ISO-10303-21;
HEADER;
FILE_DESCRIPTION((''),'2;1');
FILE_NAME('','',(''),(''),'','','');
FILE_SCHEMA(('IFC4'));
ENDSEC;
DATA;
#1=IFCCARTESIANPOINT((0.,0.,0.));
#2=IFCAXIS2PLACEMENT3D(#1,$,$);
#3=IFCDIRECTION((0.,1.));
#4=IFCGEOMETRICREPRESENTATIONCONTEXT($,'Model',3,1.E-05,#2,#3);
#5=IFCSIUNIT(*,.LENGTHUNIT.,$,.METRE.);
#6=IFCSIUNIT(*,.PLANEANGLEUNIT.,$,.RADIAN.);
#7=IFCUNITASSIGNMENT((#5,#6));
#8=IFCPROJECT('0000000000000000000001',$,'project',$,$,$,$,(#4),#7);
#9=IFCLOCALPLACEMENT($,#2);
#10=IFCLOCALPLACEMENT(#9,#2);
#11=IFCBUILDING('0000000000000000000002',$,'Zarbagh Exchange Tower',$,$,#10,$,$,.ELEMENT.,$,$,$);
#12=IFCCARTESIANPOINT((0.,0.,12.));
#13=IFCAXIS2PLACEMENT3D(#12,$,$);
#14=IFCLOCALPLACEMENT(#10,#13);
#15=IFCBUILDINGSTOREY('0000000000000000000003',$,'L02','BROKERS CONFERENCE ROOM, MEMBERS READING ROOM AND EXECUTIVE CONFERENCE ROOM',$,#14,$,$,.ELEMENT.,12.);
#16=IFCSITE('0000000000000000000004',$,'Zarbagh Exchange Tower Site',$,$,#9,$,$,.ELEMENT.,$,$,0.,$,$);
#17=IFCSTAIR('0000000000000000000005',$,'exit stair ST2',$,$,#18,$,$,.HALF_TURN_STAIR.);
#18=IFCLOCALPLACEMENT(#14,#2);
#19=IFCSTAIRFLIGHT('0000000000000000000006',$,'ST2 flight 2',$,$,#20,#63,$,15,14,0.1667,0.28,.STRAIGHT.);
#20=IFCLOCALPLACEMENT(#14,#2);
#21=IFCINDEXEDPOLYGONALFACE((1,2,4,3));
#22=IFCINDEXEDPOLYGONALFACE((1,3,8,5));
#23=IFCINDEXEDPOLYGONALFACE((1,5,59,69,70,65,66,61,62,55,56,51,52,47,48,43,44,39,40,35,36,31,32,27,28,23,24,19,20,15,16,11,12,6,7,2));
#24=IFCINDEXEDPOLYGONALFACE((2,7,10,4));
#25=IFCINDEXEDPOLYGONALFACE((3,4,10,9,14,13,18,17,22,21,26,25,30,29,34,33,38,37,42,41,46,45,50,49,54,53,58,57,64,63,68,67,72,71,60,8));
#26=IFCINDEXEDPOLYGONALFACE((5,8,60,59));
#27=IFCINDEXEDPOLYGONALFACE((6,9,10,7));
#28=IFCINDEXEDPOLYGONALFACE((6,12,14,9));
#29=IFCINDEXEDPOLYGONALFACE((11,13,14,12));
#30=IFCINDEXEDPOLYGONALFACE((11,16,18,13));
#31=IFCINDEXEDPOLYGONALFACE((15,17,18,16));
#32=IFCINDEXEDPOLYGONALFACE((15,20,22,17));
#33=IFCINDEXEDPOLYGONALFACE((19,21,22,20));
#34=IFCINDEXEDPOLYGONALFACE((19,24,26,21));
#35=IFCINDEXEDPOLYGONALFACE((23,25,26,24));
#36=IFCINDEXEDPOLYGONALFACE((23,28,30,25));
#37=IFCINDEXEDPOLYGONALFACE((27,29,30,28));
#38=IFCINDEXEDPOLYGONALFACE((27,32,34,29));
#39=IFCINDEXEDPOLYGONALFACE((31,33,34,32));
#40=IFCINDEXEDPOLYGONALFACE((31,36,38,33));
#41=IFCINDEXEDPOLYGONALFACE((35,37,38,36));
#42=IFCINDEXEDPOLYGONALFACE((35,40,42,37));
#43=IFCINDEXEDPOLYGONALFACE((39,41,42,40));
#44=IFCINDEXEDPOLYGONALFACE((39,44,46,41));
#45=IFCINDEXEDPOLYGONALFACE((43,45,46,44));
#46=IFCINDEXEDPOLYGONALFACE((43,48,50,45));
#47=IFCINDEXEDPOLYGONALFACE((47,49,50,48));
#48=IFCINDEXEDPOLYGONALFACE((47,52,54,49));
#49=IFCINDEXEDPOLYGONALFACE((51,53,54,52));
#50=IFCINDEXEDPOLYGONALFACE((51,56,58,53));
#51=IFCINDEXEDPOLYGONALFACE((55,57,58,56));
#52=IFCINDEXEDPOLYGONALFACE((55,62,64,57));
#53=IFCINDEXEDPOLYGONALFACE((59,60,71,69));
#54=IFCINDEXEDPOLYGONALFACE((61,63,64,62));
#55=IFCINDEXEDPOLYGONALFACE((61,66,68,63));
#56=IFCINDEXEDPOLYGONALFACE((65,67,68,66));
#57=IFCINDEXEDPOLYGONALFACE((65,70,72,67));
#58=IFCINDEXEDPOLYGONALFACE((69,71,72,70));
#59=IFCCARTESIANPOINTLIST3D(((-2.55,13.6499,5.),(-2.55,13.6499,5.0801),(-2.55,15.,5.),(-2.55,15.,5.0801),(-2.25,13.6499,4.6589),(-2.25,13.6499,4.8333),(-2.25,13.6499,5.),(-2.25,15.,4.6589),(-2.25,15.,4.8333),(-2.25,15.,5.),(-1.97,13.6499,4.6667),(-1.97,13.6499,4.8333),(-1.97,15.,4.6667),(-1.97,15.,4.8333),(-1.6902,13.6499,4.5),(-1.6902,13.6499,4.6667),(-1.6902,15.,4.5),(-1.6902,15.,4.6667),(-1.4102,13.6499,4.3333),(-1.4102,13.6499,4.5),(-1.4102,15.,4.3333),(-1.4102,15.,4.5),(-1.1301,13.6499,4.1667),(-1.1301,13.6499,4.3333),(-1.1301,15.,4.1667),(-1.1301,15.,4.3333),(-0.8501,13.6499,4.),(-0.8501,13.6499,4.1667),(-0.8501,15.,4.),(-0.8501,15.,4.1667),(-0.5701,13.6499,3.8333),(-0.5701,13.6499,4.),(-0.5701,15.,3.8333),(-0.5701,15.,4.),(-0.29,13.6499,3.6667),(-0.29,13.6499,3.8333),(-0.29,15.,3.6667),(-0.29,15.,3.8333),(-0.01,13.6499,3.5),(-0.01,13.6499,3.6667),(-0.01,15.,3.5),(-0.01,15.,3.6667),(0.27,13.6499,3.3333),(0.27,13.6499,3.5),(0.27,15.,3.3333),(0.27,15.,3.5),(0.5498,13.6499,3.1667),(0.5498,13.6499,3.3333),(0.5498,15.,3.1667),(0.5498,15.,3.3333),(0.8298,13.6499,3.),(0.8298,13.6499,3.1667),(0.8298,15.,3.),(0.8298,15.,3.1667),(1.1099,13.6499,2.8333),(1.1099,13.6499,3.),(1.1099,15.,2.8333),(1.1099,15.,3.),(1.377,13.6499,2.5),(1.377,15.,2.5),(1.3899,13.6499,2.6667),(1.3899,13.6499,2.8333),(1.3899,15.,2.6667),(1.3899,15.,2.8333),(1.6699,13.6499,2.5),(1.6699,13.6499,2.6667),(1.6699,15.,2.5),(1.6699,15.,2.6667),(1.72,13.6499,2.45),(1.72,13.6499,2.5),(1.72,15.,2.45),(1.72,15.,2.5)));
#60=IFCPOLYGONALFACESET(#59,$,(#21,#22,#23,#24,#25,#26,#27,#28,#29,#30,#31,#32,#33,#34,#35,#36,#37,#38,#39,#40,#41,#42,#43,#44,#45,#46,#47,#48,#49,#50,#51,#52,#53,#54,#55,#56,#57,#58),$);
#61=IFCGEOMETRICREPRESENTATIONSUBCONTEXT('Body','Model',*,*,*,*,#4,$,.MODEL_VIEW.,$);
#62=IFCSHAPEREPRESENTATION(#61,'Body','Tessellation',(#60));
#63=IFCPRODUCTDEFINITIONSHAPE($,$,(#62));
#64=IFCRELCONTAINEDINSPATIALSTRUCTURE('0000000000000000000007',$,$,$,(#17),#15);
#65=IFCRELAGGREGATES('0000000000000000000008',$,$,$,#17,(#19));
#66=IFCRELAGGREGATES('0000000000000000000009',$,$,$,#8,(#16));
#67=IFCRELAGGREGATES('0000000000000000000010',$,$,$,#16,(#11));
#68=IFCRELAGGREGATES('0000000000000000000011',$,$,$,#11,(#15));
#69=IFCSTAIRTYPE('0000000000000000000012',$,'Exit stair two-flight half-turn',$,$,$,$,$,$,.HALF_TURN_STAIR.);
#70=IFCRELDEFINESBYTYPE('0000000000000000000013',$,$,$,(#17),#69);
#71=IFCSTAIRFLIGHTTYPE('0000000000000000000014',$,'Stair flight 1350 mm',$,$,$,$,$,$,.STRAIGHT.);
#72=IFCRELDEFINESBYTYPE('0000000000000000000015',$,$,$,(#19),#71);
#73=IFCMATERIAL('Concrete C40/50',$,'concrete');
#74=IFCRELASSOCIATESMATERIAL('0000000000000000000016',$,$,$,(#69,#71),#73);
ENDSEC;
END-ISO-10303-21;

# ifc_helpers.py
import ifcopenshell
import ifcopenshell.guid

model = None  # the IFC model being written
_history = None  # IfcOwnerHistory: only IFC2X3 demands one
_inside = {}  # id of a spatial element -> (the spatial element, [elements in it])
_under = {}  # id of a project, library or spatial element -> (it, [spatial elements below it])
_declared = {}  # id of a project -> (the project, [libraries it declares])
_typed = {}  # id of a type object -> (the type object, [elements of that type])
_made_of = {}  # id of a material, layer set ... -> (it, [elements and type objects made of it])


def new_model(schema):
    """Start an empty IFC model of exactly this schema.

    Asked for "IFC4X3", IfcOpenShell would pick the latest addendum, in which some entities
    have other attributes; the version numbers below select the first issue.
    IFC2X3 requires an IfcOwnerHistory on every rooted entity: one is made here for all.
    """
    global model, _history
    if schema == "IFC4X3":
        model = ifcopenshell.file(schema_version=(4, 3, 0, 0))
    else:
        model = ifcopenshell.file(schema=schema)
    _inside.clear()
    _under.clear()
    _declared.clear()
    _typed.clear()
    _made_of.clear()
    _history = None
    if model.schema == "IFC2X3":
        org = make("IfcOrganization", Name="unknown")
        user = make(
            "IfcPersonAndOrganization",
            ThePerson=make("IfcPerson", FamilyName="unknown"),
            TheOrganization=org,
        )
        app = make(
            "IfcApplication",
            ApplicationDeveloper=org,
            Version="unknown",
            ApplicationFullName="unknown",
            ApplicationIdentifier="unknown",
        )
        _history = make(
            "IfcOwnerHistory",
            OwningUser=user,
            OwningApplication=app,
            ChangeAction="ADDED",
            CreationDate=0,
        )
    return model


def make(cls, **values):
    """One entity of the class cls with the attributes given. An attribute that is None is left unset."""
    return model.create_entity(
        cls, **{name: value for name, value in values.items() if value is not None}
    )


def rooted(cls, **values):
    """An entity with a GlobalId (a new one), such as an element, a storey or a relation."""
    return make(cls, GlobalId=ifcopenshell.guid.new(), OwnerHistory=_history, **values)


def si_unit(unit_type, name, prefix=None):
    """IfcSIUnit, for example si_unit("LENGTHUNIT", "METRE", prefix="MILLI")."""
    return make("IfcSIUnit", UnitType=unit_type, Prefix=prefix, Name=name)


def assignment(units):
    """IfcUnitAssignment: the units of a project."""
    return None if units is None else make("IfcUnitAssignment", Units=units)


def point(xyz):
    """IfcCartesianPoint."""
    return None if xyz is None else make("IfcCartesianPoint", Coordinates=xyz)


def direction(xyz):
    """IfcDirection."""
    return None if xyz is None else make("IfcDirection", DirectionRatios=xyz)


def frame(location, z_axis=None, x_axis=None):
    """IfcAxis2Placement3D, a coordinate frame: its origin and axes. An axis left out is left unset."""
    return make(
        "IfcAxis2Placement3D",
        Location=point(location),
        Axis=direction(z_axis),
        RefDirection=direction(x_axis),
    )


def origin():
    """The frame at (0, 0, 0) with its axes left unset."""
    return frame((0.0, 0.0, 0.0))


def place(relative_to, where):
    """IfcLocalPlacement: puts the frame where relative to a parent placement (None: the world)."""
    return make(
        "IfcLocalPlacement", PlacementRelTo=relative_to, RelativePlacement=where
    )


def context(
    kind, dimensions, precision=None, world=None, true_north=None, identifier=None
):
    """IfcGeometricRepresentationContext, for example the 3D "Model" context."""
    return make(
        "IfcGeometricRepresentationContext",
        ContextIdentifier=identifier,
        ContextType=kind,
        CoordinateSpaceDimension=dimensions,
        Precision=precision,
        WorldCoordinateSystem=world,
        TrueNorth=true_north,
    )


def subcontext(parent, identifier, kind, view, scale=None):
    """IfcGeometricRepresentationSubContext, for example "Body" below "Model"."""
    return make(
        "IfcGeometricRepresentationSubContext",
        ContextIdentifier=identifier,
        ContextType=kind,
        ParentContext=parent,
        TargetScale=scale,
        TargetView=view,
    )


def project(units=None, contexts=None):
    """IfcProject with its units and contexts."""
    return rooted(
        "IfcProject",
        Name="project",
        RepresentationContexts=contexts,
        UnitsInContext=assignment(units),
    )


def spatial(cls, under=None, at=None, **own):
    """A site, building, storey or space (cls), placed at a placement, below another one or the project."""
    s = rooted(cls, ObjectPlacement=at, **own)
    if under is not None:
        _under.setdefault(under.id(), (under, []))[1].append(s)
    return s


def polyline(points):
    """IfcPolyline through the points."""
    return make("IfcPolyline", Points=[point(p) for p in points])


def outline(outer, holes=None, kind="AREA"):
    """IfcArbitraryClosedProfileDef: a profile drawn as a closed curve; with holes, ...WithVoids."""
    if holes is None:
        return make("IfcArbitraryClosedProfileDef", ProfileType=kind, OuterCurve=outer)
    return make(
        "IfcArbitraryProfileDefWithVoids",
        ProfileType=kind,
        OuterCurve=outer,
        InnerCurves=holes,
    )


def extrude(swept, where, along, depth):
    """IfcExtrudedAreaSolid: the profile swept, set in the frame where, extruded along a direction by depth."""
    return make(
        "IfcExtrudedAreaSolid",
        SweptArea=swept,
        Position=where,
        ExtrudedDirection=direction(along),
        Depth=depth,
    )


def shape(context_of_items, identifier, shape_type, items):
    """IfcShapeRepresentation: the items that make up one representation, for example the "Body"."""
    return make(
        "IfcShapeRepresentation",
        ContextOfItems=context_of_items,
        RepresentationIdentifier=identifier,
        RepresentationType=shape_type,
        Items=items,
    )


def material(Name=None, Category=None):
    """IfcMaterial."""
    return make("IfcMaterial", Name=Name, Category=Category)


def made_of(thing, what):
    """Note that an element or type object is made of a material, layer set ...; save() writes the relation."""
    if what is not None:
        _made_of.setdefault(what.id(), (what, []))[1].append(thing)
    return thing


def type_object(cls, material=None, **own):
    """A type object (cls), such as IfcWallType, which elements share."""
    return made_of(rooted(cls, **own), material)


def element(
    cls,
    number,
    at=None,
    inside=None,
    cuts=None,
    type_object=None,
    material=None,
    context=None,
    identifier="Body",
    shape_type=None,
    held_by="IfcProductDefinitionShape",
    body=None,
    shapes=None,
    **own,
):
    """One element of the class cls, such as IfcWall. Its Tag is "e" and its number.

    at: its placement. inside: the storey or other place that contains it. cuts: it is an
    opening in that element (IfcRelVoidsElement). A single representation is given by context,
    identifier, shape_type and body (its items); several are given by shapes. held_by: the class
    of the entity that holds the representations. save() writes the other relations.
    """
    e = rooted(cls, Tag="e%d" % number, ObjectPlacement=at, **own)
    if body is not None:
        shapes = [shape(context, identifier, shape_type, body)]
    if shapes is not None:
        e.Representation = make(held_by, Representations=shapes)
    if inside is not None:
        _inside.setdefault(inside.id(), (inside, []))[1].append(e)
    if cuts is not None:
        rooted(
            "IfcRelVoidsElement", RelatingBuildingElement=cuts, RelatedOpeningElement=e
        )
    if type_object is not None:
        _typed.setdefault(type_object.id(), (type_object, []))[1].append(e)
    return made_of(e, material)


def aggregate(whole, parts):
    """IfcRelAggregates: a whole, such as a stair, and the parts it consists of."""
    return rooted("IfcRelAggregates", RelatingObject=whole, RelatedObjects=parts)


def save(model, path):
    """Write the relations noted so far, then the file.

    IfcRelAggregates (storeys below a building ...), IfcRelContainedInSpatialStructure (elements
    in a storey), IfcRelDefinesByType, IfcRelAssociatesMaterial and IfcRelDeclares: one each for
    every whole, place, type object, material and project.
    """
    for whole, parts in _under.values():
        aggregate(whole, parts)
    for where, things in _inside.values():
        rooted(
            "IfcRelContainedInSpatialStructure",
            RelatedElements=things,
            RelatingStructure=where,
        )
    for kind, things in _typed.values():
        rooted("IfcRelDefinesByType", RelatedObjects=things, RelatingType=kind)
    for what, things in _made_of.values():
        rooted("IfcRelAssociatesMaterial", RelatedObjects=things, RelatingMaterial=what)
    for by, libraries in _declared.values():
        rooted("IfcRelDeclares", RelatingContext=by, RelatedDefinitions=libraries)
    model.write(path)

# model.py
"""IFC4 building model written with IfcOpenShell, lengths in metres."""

from ifc_helpers import new_model, si_unit, direction, frame, origin, place, context, subcontext, project, spatial, polyline, outline, extrude, material, type_object, element, aggregate, save


model = new_model("IFC4")

# Units and contexts
model_context = context("Model", 3, precision=1e-05, world=origin(), true_north=direction((0.0, 1.0)))
body_context = subcontext(model_context, "Body", "Model", "MODEL_VIEW")
ifc_project = project(units=[si_unit("LENGTHUNIT", "METRE"), si_unit("PLANEANGLEUNIT", "RADIAN")], contexts=[model_context])

# Site, building, storey
site_placement = place(None, origin())
site = spatial("IfcSite", under=ifc_project, at=site_placement, Name="Zarbagh Exchange Tower Site", CompositionType="ELEMENT", RefElevation=0.0)
building_placement = place(site_placement, origin())
building = spatial("IfcBuilding", under=site, at=building_placement, Name="Zarbagh Exchange Tower", CompositionType="ELEMENT")
storey_placement = place(building_placement, frame((0.0, 0.0, 12.0)))
storey = spatial("IfcBuildingStorey", under=building, at=storey_placement, Name="L02", Description="BROKERS CONFERENCE ROOM, MEMBERS READING ROOM AND EXECUTIVE CONFERENCE ROOM", CompositionType="ELEMENT", Elevation=12.0)

# Shared definitions
ifc_material_1 = material(Name="Concrete C40/50", Category="concrete")
stair_type = type_object("IfcStairType", Name="Exit stair two-flight half-turn", PredefinedType="HALF_TURN_STAIR", material=ifc_material_1)

# Stair, stair flight
stair_flight_type = type_object("IfcStairFlightType", Name="Stair flight 1350 mm", PredefinedType="STRAIGHT", material=ifc_material_1)
stair_1_placement = place(storey_placement, origin())
stair_1 = element("IfcStair", 1, at=stair_1_placement, inside=storey, type_object=stair_type, Name="exit stair ST2", PredefinedType="HALF_TURN_STAIR")
stair_flight_1_placement = place(storey_placement, frame((1.6699, 14.325, 2.5), z_axis=(0.0, 0.0, 1.0), x_axis=(-1.0, 0.0, 0.0)))
stair_flight_1 = element("IfcStairFlight", 2, at=stair_flight_1_placement, type_object=stair_flight_type, Name="ST2 flight 2", NumberOfRisers=15, NumberOfTreads=14, PredefinedType="STRAIGHT", RiserHeight=0.1667, TreadLength=0.28, context=body_context, shape_type="SweptSolid", body=[
    extrude(outline(polyline([(-0.05, -0.05), (-0.05, 0.0), (0.0, 0.0), (0.0, 0.1667), (0.28, 0.1667), (0.28, 0.3333), (0.5601, 0.3333), (0.5601, 0.5), (0.8401, 0.5), (0.8401, 0.6667), (1.1201, 0.6667), (1.1201, 0.8333), (1.3999, 0.8333), (1.3999, 1.0), (1.6799, 1.0), (1.6799, 1.1667), (1.96, 1.1667), (1.96, 1.3333), (2.24, 1.3333), (2.24, 1.5), (2.52, 1.5), (2.52, 1.6667), (2.8, 1.6667), (2.8, 1.8333), (3.0801, 1.8333), (3.0801, 2.0), (3.3601, 2.0), (3.3601, 2.1667), (3.6399, 2.1667), (3.6399, 2.3333), (3.9199, 2.3333), (3.9199, 2.5), (4.22, 2.5801), (4.22, 2.5), (3.9199, 2.1589), (0.293, 0.0), (-0.05, -0.05)])), frame((0.0, 0.675, 0.0), z_axis=(0.0, -1.0, 0.0), x_axis=(1.0, 0.0, 0.0)), (0.0, 0.0, 1.0), 1.3501),
])
aggregate(stair_1, [stair_flight_1])

save(model, "model.ifc")
